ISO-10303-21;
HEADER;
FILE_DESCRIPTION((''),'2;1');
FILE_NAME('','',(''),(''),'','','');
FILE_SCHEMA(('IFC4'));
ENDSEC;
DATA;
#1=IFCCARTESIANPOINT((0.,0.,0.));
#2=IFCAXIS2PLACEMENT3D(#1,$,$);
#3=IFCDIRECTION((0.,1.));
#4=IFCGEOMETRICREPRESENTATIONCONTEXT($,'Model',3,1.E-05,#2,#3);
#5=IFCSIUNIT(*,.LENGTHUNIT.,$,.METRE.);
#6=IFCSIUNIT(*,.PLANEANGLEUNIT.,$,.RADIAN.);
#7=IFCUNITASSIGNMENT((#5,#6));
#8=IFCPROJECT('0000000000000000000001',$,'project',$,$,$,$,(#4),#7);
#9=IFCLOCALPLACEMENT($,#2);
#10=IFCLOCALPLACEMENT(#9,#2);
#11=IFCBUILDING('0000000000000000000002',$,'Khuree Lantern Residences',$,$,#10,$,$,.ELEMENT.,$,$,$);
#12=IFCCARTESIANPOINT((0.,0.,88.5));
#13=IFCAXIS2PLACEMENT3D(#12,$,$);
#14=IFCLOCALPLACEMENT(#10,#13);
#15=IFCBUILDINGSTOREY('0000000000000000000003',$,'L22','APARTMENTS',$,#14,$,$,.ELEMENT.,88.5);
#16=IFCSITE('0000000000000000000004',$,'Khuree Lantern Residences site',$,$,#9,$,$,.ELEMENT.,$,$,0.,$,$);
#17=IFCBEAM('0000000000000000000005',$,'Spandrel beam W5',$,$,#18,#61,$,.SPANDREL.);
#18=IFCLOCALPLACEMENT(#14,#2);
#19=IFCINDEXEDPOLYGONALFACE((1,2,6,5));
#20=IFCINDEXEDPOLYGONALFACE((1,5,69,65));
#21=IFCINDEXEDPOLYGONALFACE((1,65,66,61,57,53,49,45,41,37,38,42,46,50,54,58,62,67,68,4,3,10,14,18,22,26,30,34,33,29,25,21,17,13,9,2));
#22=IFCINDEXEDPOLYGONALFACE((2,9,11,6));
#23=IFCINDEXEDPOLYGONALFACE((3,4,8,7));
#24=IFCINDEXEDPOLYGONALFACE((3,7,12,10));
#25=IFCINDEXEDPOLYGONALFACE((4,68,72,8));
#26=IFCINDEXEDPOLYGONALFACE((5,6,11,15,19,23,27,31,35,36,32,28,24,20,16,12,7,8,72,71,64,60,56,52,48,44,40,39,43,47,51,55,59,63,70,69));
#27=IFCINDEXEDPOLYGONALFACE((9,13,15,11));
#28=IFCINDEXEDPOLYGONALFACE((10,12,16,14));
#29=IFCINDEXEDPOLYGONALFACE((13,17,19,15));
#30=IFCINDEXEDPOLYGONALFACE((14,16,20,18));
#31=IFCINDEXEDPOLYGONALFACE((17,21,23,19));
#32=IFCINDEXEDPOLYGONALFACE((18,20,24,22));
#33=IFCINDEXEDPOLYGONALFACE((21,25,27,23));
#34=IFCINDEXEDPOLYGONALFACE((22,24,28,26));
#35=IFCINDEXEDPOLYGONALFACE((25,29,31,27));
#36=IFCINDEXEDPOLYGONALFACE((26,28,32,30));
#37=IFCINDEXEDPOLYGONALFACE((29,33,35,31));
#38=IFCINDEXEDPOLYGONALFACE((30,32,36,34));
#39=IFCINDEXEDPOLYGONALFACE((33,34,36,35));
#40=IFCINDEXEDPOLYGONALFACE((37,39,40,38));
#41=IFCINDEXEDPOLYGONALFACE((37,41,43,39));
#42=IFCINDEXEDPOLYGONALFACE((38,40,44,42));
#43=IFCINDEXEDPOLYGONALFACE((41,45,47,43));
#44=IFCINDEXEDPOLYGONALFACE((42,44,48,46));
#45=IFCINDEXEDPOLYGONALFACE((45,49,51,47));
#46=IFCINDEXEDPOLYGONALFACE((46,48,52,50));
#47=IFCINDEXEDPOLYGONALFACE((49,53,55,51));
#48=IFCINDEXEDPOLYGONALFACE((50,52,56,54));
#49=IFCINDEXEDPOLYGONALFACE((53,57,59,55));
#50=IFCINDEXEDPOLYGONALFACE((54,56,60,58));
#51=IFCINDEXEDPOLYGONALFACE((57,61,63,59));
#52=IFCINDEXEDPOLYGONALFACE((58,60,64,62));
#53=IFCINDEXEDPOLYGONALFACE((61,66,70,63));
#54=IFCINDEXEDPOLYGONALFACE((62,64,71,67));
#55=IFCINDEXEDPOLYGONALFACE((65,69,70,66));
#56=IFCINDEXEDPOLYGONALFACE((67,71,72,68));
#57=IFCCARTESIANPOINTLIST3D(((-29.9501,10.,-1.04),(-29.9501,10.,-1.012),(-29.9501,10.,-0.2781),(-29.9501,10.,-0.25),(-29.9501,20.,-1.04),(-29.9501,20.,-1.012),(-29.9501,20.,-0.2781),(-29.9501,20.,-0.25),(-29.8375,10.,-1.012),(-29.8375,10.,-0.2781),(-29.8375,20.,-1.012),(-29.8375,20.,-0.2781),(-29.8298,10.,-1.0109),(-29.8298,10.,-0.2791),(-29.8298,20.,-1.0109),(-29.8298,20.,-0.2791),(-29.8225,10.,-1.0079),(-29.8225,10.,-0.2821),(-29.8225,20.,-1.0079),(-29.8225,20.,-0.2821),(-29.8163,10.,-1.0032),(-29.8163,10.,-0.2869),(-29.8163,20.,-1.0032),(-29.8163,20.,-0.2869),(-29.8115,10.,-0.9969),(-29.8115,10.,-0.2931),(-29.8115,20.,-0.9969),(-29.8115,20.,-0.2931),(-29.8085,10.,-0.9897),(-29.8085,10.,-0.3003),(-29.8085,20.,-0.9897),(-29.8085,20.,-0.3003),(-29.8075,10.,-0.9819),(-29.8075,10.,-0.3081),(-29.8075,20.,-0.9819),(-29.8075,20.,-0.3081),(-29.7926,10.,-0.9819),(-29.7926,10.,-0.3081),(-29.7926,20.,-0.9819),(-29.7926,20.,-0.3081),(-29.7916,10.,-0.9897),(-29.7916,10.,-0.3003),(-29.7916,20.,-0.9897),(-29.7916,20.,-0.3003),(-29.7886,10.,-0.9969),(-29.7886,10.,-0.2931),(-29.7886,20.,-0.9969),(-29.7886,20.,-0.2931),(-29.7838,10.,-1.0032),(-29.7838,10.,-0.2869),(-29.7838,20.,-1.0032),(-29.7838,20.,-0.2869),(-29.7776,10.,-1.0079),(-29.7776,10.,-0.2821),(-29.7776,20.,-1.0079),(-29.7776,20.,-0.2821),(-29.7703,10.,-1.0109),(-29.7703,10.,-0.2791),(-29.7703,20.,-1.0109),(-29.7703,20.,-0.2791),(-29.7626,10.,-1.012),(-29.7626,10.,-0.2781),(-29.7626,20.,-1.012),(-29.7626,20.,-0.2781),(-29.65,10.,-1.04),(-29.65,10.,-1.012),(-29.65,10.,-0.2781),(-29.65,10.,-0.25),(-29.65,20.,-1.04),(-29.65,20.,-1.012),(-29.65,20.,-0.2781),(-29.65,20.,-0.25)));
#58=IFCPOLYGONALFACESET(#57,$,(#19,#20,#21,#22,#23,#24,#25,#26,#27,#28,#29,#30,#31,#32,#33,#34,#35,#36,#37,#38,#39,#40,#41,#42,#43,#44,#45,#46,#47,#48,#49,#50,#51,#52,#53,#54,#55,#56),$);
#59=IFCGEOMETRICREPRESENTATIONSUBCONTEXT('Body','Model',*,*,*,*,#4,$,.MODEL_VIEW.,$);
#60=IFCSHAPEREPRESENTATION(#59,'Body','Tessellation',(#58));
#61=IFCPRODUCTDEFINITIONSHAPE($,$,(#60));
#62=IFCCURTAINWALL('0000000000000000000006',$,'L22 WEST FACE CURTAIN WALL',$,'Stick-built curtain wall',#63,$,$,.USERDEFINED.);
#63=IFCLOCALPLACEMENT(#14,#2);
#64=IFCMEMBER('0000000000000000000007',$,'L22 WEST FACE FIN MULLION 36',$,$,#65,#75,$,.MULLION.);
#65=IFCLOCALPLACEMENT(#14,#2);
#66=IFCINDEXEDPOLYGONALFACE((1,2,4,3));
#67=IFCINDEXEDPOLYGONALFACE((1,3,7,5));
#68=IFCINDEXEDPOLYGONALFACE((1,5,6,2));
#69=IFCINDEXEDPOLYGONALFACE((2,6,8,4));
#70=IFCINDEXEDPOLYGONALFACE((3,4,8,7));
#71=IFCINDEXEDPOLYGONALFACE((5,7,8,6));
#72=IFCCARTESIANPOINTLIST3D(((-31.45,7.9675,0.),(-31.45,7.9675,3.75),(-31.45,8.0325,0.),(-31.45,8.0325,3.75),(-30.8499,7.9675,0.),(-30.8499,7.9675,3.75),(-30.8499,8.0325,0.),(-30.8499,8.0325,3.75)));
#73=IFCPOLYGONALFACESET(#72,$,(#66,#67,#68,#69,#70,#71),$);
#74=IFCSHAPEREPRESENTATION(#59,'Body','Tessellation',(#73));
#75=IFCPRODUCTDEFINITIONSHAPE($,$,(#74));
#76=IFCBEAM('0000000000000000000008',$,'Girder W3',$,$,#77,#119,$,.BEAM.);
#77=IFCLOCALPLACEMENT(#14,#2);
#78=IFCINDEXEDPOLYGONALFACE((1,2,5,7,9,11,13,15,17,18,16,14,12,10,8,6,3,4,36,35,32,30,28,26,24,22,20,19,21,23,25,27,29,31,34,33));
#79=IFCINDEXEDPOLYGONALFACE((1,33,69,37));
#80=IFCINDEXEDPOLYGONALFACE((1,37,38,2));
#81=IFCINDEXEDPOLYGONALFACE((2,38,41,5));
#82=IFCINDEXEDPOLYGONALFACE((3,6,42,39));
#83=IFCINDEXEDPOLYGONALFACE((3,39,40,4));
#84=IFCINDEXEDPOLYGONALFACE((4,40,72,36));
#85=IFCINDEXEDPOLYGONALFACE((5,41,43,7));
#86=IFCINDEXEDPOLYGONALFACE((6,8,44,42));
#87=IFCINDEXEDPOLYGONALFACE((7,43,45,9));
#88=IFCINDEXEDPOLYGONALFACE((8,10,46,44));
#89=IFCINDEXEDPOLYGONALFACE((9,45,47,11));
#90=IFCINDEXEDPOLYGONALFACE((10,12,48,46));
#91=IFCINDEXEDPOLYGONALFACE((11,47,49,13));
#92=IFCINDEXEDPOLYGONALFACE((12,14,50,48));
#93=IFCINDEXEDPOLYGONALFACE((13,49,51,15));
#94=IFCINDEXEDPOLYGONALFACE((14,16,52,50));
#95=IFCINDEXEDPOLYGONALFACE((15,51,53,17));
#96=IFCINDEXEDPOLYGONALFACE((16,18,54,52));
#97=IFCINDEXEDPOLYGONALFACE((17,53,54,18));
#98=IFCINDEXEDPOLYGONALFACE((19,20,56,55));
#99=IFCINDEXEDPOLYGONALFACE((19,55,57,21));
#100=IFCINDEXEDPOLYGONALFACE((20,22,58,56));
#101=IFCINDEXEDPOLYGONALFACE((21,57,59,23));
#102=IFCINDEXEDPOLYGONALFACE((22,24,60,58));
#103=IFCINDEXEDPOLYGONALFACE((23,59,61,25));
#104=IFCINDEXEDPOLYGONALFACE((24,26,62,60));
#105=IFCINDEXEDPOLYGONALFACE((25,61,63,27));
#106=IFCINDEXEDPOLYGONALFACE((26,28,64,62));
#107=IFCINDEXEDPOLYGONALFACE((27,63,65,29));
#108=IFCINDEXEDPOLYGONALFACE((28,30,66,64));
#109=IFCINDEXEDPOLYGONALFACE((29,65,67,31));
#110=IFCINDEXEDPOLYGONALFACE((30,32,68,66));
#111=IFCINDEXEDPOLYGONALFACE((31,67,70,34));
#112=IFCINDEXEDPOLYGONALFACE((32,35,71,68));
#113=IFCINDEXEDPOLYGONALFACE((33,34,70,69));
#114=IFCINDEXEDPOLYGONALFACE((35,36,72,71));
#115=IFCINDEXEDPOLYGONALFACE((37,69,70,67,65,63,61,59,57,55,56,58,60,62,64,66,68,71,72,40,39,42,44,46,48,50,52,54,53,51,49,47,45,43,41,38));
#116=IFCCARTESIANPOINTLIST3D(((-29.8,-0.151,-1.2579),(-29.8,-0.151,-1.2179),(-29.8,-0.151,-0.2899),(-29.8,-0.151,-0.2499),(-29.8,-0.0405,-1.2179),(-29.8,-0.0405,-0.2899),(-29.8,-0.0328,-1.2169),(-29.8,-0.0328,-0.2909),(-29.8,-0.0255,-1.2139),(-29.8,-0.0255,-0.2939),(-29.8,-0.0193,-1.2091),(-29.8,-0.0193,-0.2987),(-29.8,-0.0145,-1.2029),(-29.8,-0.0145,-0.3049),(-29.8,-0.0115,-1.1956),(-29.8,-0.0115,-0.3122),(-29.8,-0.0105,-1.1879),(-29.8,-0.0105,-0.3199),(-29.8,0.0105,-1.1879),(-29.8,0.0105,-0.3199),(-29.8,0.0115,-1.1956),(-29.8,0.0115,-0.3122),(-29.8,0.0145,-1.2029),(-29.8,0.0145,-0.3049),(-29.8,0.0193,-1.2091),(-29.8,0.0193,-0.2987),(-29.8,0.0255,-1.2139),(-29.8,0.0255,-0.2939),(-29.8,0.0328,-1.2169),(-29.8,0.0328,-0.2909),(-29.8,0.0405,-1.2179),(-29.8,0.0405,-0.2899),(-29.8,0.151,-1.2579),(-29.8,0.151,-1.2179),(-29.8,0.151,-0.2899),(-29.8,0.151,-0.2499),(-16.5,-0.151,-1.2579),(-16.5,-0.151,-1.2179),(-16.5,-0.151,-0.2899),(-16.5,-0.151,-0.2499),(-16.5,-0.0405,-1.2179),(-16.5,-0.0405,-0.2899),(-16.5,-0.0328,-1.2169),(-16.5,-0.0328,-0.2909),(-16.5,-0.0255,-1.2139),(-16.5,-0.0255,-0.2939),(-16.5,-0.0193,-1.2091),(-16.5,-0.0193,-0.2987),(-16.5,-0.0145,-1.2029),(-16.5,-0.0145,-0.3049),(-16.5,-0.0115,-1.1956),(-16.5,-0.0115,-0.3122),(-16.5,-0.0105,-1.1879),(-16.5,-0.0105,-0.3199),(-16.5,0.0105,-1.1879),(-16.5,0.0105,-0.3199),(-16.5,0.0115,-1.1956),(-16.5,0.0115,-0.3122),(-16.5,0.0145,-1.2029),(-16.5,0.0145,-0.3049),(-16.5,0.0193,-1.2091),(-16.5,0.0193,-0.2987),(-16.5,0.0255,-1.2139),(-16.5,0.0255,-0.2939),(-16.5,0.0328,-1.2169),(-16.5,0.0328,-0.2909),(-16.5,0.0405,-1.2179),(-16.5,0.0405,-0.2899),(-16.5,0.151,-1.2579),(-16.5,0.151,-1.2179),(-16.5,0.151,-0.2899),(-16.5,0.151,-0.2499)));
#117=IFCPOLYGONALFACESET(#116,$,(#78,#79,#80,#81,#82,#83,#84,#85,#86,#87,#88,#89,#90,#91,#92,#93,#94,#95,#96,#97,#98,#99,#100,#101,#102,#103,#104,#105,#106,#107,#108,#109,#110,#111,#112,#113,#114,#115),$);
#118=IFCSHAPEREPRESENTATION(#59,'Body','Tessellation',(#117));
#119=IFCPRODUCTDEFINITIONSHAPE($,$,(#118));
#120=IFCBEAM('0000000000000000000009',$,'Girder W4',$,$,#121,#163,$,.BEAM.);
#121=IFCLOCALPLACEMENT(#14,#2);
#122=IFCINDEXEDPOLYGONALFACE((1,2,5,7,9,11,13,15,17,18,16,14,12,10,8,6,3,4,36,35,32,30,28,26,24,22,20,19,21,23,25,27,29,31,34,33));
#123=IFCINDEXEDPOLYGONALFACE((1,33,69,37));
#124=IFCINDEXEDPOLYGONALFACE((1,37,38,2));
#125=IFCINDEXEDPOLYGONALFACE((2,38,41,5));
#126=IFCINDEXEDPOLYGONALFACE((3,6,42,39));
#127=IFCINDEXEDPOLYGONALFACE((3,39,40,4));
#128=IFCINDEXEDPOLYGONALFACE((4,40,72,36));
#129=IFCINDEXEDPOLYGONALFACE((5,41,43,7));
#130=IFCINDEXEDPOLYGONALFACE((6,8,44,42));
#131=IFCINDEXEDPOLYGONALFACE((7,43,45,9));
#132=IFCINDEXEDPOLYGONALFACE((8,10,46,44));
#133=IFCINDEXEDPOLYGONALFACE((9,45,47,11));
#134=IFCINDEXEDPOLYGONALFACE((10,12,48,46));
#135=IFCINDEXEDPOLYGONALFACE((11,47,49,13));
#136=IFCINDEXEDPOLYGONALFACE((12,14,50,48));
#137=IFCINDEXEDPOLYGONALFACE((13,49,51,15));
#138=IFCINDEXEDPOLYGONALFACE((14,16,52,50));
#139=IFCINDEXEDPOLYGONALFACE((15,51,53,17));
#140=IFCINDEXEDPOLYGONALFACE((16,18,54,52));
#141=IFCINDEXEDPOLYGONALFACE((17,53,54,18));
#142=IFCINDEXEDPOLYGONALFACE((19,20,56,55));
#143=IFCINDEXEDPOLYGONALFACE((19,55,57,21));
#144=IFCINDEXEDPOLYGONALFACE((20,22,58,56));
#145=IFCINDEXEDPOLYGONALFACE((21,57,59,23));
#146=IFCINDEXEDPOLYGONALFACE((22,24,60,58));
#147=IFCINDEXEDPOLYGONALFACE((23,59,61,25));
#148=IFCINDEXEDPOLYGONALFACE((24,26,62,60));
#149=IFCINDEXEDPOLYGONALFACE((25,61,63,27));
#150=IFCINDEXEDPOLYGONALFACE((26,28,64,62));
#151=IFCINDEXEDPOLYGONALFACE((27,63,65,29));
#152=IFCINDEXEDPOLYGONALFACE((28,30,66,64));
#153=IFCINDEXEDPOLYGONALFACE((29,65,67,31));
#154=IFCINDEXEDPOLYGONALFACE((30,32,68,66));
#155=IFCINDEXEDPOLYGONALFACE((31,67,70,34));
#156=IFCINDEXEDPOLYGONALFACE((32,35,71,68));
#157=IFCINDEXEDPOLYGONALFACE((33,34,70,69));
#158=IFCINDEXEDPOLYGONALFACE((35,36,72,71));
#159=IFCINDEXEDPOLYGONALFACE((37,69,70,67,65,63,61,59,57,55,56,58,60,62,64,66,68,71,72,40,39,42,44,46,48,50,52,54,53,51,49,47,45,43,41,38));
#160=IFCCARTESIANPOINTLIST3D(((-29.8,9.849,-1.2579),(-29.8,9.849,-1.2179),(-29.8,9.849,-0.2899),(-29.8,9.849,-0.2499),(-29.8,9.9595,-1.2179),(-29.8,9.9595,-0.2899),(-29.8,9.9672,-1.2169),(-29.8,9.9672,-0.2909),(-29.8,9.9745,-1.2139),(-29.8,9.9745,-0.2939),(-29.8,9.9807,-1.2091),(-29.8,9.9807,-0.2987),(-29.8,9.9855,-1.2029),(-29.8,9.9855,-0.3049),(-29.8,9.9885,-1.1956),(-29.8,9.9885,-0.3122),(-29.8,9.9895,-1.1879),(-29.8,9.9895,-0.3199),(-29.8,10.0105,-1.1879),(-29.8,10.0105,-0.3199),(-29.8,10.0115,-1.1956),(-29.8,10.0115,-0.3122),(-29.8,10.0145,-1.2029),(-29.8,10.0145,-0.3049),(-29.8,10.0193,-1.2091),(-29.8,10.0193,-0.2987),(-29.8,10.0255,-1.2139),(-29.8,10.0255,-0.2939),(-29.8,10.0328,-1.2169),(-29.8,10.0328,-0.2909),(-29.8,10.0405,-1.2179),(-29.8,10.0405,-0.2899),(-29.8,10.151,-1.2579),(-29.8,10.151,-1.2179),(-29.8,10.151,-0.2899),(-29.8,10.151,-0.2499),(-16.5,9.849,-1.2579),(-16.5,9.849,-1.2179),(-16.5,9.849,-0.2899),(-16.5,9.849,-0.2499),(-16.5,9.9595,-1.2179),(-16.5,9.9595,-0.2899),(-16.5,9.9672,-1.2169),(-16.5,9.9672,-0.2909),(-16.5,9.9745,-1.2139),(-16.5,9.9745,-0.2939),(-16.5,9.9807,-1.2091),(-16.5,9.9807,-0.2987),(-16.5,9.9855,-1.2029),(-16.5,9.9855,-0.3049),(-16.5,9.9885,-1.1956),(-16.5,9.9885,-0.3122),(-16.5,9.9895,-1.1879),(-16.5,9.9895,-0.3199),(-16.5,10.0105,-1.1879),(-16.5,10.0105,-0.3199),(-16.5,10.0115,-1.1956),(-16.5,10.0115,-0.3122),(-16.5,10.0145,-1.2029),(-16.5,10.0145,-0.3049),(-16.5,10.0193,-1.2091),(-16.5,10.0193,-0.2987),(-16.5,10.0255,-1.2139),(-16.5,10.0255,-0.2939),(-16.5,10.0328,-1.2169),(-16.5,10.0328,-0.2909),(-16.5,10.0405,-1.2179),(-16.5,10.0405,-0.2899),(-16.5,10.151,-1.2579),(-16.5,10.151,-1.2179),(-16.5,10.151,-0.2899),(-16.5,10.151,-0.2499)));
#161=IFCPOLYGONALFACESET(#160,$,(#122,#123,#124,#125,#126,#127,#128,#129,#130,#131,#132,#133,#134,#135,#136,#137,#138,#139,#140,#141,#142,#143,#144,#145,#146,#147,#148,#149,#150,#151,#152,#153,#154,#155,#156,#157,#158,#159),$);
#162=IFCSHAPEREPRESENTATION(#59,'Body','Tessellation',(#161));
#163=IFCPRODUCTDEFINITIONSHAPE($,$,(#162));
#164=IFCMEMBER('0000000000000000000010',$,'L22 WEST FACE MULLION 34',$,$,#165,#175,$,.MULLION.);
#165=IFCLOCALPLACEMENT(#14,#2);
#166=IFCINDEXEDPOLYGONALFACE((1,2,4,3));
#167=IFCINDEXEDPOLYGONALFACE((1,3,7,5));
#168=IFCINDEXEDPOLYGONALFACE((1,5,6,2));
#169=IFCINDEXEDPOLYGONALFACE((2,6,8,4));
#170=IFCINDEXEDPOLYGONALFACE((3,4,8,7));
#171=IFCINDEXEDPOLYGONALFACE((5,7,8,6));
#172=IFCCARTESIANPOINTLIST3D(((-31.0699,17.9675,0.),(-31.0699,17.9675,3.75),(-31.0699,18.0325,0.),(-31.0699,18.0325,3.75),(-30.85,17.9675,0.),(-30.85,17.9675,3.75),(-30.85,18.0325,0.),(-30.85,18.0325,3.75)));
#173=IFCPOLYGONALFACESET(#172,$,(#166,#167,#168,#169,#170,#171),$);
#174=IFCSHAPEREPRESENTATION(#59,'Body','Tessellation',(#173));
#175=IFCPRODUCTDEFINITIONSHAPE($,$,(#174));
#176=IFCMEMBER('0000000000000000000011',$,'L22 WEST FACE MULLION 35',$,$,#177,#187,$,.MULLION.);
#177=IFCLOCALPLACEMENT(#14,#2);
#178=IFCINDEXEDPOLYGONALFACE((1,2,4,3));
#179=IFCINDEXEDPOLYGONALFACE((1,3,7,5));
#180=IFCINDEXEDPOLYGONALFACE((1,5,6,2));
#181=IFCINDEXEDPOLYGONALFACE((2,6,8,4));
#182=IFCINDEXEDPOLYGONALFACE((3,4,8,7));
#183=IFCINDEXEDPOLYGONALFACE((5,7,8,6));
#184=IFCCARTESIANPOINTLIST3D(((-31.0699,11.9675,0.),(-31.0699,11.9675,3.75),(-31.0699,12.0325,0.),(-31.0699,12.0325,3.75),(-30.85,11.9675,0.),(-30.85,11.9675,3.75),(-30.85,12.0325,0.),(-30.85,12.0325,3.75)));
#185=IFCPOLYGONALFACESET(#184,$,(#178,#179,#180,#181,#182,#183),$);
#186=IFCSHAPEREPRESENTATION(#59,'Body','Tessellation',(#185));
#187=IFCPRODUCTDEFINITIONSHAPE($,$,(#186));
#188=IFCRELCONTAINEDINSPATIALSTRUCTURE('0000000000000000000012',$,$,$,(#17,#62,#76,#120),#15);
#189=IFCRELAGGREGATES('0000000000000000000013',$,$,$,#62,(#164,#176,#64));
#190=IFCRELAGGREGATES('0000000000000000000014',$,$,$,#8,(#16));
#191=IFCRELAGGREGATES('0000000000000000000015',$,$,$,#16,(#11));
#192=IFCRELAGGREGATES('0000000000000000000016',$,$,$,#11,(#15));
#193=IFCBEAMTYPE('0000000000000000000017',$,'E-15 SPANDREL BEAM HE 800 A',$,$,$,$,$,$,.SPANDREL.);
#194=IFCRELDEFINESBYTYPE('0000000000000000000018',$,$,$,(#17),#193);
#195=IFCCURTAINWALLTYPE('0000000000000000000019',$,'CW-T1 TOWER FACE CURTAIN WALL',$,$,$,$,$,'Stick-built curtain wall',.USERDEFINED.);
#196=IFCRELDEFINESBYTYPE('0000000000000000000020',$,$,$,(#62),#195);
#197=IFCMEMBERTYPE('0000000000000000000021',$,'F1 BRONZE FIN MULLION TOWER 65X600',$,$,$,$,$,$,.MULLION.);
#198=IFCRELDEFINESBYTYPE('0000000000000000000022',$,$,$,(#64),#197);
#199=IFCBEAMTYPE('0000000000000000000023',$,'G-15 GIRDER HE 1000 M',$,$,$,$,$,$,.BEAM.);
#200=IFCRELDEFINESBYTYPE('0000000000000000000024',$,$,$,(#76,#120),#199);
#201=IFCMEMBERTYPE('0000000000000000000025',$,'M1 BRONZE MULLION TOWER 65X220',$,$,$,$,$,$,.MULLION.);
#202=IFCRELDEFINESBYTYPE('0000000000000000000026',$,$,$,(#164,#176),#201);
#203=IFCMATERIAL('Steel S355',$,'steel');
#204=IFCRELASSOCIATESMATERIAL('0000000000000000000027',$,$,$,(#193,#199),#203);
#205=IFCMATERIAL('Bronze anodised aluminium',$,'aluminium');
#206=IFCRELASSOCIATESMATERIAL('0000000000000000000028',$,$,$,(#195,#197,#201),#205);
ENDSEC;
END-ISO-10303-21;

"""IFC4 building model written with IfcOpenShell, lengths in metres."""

from ifc_helpers import new_model, si_unit, direction, frame, origin, origin_2d, place, context, subcontext, project, spatial, rectangle, i_section, extrude, material, material_profile, profile_set, type_object, element, aggregate, save


model = new_model("IFC4")

# Units and contexts
model_context = context("Model", 3, precision=1e-05, world=origin(), true_north=direction((0.0, 1.0)))
body_context = subcontext(model_context, "Body", "Model", "MODEL_VIEW")
ifc_project = project(units=[si_unit("LENGTHUNIT", "METRE"), si_unit("PLANEANGLEUNIT", "RADIAN")], contexts=[model_context])

# Site, building, storey
site_placement = place(None, origin())
site = spatial("IfcSite", under=ifc_project, at=site_placement, Name="Khuree Lantern Residences site", CompositionType="ELEMENT", RefElevation=0.0)
building_placement = place(site_placement, origin())
building = spatial("IfcBuilding", under=site, at=building_placement, Name="Khuree Lantern Residences", CompositionType="ELEMENT")
storey_placement = place(building_placement, frame((0.0, 0.0, 88.5)))
storey = spatial("IfcBuildingStorey", under=building, at=storey_placement, Name="L22", Description="APARTMENTS", CompositionType="ELEMENT", Elevation=88.5)

# Beam
ifc_material_1 = material(Name="Steel S355", Category="steel")
ifc_material_profile_1 = material_profile(ifc_material_1, i_section(OverallWidth=0.3, OverallDepth=0.79, WebThickness=0.0149, FlangeThickness=0.0281, FilletRadius=0.03, at=origin_2d()), Name="HE 800 A")
ifc_profile_set_1 = profile_set([ifc_material_profile_1], Name="Steel S355")
beam_type_1 = type_object("IfcBeamType", Name="E-15 SPANDREL BEAM HE 800 A", PredefinedType="SPANDREL", material=ifc_profile_set_1)
for number, where, z_axis, x_axis, name in (
    (1, (-29.8, 10.0, -0.645), (0.0, 1.0, 0.0), (-1.0, 0.0, 0.0), "Spandrel beam W5"),
):
    element("IfcBeam", number, at=place(storey_placement, frame(where, z_axis=z_axis, x_axis=x_axis)), inside=storey, type_object=beam_type_1, Name=name, PredefinedType="SPANDREL", context=body_context, shape_type="SweptSolid", body=[
        extrude(i_section(OverallWidth=0.3, OverallDepth=0.79, WebThickness=0.0149, FlangeThickness=0.0281, FilletRadius=0.03, at=origin_2d()), origin(), (0.0, 0.0, 1.0), 10.0),
    ])

# Curtain wall, member
ifc_material_2 = material(Name="Bronze anodised aluminium", Category="aluminium")
curtain_wall_type = type_object("IfcCurtainWallType", Name="CW-T1 TOWER FACE CURTAIN WALL", ElementType="Stick-built curtain wall", PredefinedType="USERDEFINED", material=ifc_material_2)
curtain_wall_placement = place(storey_placement, origin())
curtain_wall = element("IfcCurtainWall", 2, at=curtain_wall_placement, inside=storey, type_object=curtain_wall_type, Name="L22 WEST FACE CURTAIN WALL", ObjectType="Stick-built curtain wall", PredefinedType="USERDEFINED")
ifc_material_profile_2 = material_profile(ifc_material_2, rectangle(XDim=0.0649, YDim=0.6001, at=origin_2d()), Name="F1 65X600")
ifc_profile_set_2 = profile_set([ifc_material_profile_2], Name="Bronze anodised aluminium")
member_type_1 = type_object("IfcMemberType", Name="F1 BRONZE FIN MULLION TOWER 65X600", PredefinedType="MULLION", material=ifc_profile_set_2)
member_1_placement = place(storey_placement, frame((-31.1499, 8.0, 0.0), z_axis=(0.0, 0.0, 1.0), x_axis=(0.0, -1.0, 0.0)))
member_1 = element("IfcMember", 3, at=member_1_placement, type_object=member_type_1, Name="L22 WEST FACE FIN MULLION 36", PredefinedType="MULLION", context=body_context, shape_type="SweptSolid", body=[
    extrude(rectangle(XDim=0.0649, YDim=0.6001, at=origin_2d()), origin(), (0.0, 0.0, 1.0), 3.75),
])

# Beams
ifc_material_profile_3 = material_profile(ifc_material_1, i_section(OverallWidth=0.302, OverallDepth=1.0081, WebThickness=0.021, FlangeThickness=0.04, FilletRadius=0.03, at=origin_2d()), Name="HE 1000 M")
ifc_profile_set_3 = profile_set([ifc_material_profile_3], Name="Steel S355")
beam_type_2 = type_object("IfcBeamType", Name="G-15 GIRDER HE 1000 M", PredefinedType="BEAM", material=ifc_profile_set_3)
for number, where, z_axis, x_axis, name in (
    (4, (-29.8, 0.0, -0.7539), (1.0, 0.0, 0.0), (0.0, 1.0, 0.0), "Girder W3"),
    (5, (-29.8, 10.0, -0.7539), (1.0, 0.0, 0.0), (0.0, 1.0, 0.0), "Girder W4"),
):
    element("IfcBeam", number, at=place(storey_placement, frame(where, z_axis=z_axis, x_axis=x_axis)), inside=storey, type_object=beam_type_2, Name=name, PredefinedType="BEAM", context=body_context, shape_type="SweptSolid", body=[
        extrude(i_section(OverallWidth=0.302, OverallDepth=1.0081, WebThickness=0.021, FlangeThickness=0.04, FilletRadius=0.03, at=origin_2d()), origin(), (0.0, 0.0, 1.0), 13.3),
    ])

# Members
ifc_material_profile_4 = material_profile(ifc_material_2, rectangle(XDim=0.0649, YDim=0.22, at=origin_2d()), Name="M1 65X220")
ifc_profile_set_4 = profile_set([ifc_material_profile_4], Name="Bronze anodised aluminium")
member_type_2 = type_object("IfcMemberType", Name="M1 BRONZE MULLION TOWER 65X220", PredefinedType="MULLION", material=ifc_profile_set_4)
member_2_placement = place(storey_placement, frame((-30.96, 18.0, 0.0), z_axis=(0.0, 0.0, 1.0), x_axis=(0.0, -1.0, 0.0)))
member_2 = element("IfcMember", 6, at=member_2_placement, type_object=member_type_2, Name="L22 WEST FACE MULLION 34", PredefinedType="MULLION", context=body_context, shape_type="SweptSolid", body=[
    extrude(rectangle(XDim=0.0649, YDim=0.22, at=origin_2d()), origin(), (0.0, 0.0, 1.0), 3.75),
])
member_3_placement = place(storey_placement, frame((-30.96, 12.0, 0.0), z_axis=(0.0, 0.0, 1.0), x_axis=(0.0, -1.0, 0.0)))
member_3 = element("IfcMember", 7, at=member_3_placement, type_object=member_type_2, Name="L22 WEST FACE MULLION 35", PredefinedType="MULLION", context=body_context, shape_type="SweptSolid", body=[
    extrude(rectangle(XDim=0.0649, YDim=0.22, at=origin_2d()), origin(), (0.0, 0.0, 1.0), 3.75),
])

aggregate(curtain_wall, [member_2, member_3, member_1])

save(model, "model.ifc")
